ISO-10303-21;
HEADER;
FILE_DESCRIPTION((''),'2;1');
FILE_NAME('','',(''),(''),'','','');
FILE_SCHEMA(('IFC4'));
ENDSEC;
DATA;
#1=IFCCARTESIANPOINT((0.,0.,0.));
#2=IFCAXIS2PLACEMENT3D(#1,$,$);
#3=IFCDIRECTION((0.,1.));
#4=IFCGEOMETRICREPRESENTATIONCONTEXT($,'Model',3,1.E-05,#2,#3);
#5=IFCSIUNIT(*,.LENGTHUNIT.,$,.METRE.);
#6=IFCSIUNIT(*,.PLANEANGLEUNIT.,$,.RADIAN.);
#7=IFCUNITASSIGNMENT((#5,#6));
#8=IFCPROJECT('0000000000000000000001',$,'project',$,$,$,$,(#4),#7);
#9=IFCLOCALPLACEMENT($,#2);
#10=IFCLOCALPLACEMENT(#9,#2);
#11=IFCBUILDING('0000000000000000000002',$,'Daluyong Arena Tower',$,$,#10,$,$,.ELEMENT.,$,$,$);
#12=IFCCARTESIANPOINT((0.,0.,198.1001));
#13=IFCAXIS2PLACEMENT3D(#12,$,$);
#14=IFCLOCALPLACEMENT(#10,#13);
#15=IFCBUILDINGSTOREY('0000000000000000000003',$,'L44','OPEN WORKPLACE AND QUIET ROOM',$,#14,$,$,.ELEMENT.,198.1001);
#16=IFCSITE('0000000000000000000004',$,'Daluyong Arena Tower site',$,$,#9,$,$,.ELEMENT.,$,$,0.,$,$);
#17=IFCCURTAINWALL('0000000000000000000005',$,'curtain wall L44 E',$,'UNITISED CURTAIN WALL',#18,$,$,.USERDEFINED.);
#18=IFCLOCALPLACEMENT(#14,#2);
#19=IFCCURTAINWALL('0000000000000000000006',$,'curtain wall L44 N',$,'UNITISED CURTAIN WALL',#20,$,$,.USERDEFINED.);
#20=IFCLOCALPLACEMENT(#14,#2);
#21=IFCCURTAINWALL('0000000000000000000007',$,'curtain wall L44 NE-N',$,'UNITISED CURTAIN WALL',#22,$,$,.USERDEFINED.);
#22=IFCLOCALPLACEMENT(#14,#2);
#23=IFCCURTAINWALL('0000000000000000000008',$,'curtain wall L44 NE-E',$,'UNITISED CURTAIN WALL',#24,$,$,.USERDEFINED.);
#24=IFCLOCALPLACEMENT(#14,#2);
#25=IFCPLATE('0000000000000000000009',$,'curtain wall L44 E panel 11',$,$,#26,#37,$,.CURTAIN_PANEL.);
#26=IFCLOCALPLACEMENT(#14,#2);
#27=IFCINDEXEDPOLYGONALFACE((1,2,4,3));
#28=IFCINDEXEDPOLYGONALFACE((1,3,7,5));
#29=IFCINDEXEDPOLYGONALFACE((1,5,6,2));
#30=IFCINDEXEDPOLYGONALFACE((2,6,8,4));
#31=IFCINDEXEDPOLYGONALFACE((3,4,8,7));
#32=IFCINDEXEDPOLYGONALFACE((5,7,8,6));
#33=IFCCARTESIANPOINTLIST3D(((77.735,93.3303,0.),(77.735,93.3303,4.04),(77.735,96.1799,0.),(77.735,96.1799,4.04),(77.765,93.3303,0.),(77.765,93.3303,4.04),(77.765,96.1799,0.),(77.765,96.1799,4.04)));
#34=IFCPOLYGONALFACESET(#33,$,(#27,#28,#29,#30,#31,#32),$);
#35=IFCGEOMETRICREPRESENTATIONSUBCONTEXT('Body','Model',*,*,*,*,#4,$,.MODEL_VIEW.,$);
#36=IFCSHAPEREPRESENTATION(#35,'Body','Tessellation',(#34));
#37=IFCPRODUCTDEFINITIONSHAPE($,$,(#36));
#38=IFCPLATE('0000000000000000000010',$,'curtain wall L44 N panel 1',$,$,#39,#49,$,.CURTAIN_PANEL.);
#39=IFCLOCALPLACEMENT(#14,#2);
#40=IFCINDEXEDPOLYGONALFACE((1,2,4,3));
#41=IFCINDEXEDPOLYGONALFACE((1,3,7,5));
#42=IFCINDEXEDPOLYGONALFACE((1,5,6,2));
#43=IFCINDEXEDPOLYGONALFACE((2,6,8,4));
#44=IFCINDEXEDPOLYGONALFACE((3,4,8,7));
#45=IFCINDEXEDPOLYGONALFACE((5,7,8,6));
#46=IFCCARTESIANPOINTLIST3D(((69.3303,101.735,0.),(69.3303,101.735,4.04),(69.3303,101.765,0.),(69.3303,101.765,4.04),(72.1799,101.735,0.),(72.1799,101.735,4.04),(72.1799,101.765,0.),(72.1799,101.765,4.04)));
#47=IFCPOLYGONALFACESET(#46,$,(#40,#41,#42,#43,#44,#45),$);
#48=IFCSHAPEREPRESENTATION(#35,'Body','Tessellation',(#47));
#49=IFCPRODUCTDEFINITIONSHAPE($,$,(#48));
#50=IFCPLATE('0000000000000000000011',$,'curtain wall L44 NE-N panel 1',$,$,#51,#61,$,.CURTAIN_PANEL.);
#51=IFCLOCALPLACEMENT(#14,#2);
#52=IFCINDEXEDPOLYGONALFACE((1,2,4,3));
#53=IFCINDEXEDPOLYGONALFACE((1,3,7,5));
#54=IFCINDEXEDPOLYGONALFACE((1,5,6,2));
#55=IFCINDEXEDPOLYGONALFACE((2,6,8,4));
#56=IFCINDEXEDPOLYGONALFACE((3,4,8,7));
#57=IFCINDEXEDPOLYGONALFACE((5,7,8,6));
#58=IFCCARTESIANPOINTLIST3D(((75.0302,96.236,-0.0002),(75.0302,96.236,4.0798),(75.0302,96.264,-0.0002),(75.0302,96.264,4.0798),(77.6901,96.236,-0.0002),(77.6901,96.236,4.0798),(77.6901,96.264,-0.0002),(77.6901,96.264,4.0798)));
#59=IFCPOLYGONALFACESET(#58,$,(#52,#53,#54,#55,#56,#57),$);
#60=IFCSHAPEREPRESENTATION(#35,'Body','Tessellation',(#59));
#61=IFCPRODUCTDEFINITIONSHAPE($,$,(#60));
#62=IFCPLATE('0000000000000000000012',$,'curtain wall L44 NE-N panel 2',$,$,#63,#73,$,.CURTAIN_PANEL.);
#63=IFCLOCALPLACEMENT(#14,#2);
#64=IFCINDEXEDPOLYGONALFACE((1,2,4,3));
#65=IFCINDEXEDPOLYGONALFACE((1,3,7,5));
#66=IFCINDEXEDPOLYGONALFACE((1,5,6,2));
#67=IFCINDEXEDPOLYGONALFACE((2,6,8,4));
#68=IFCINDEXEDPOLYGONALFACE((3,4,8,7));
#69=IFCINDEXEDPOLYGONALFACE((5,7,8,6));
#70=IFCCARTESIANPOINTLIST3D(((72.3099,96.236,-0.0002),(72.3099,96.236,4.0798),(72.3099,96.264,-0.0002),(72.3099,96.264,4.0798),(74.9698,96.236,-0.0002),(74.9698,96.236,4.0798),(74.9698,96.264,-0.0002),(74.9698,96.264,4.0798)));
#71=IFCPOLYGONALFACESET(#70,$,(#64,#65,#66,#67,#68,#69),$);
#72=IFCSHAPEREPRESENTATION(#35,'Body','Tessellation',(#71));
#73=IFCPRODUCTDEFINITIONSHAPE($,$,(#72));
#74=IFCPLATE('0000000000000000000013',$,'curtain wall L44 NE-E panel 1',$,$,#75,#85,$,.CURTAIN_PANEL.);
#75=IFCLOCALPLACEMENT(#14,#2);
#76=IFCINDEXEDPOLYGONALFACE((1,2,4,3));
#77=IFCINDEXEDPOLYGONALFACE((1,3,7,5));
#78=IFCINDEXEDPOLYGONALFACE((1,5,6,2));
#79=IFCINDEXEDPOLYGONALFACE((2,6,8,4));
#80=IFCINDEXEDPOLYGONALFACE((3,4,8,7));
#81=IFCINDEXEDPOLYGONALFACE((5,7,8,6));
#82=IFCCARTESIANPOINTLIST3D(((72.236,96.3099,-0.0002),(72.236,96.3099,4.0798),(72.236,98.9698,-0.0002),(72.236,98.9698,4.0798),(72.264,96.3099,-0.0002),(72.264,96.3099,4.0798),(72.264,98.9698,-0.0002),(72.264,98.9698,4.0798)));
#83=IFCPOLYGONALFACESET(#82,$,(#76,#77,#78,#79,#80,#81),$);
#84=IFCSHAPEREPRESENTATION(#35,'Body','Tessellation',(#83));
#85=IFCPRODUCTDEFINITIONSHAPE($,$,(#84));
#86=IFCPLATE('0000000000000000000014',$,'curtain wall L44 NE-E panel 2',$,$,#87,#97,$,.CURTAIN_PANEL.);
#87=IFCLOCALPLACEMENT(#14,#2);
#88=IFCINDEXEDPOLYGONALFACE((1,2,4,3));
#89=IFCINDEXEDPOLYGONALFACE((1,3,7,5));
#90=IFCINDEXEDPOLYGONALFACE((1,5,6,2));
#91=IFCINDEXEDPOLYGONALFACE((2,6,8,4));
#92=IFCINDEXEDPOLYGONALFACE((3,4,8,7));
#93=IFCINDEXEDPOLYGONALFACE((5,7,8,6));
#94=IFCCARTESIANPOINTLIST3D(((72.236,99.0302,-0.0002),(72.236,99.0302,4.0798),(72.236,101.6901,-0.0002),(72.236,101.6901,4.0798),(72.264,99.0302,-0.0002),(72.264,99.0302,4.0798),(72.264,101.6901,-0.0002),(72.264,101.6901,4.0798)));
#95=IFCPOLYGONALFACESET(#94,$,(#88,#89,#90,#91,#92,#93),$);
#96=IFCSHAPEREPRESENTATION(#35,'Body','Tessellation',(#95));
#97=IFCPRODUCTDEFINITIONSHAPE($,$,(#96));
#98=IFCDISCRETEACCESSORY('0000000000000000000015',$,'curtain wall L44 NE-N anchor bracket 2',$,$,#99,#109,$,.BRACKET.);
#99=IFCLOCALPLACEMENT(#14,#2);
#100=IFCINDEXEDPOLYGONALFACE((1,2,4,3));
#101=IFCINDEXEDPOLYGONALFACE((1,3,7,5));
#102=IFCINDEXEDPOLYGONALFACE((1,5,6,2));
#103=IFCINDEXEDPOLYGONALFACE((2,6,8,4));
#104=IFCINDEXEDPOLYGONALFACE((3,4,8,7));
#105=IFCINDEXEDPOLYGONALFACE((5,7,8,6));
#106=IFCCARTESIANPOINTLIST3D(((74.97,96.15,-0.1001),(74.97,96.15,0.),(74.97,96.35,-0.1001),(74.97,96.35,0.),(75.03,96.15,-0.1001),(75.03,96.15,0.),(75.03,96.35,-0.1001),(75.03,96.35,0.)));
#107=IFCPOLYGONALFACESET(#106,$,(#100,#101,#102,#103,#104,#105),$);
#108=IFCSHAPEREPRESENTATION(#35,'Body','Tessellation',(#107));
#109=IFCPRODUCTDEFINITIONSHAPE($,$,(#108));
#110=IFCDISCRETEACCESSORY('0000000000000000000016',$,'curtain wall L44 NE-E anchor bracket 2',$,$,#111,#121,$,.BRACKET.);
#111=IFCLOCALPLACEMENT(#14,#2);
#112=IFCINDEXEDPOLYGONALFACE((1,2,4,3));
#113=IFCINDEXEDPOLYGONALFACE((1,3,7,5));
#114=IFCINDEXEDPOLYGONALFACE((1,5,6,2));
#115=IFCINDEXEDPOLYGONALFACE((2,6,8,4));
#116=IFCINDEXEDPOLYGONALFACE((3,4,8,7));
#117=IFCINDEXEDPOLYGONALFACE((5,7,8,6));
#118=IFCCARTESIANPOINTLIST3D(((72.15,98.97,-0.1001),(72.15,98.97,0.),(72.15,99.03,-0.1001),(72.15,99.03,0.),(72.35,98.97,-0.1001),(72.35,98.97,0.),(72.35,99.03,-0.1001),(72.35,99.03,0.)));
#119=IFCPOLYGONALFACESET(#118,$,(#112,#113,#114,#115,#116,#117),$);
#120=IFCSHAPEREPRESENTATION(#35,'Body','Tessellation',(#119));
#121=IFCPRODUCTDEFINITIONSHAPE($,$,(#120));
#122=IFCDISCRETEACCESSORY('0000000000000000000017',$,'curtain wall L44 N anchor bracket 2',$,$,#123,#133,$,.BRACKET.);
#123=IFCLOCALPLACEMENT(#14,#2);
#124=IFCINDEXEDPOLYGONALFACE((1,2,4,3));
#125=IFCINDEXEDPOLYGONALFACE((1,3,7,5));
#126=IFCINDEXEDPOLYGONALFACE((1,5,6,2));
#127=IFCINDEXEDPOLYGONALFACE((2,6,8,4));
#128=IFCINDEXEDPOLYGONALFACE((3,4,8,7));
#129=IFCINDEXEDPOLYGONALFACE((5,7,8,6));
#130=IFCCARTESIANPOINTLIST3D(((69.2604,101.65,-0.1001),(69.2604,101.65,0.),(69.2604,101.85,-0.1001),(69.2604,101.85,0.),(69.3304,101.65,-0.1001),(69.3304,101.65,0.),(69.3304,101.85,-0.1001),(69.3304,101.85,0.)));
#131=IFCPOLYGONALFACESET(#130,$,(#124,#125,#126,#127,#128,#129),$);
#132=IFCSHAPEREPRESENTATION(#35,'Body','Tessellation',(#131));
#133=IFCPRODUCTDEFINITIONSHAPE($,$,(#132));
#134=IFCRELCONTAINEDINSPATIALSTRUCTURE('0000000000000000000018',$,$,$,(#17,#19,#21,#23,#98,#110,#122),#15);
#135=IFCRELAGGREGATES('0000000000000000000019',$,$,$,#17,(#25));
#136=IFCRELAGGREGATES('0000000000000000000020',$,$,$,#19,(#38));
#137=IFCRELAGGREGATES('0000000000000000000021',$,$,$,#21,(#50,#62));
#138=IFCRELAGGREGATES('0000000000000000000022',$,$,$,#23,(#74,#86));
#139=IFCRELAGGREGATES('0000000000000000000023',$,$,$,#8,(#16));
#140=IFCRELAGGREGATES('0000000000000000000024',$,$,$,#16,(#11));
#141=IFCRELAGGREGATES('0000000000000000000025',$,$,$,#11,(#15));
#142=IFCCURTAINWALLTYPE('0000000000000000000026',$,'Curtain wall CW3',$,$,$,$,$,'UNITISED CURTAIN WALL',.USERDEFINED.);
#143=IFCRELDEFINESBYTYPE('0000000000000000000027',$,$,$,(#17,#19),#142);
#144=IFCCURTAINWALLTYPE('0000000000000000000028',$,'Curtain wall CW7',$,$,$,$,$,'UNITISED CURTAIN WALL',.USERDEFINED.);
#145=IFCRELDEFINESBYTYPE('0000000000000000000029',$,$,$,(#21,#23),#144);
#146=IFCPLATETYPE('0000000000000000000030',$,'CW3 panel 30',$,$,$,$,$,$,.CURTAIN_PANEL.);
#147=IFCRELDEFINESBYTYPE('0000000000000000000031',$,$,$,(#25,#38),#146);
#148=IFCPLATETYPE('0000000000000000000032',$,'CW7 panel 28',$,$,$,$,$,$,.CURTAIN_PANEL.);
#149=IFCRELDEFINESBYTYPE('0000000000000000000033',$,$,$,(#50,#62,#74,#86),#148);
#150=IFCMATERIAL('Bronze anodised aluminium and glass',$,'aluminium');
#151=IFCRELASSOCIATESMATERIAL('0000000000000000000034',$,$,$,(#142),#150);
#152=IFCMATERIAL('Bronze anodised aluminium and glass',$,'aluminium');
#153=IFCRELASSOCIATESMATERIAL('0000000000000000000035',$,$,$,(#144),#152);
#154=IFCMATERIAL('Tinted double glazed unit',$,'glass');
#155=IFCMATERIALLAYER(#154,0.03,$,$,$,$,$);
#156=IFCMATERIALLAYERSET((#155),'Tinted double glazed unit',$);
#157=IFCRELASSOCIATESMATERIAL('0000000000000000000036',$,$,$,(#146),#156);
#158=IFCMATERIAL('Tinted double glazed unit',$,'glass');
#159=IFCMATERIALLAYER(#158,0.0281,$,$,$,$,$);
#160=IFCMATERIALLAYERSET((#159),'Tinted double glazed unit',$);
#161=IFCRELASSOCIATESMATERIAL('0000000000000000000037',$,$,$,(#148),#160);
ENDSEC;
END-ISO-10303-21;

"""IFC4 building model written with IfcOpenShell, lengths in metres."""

from ifc_helpers import new_model, si_unit, direction, frame, origin, origin_2d, place, context, subcontext, project, spatial, rectangle, extrude, material, layer, layer_set, type_object, element, aggregate, save


model = new_model("IFC4")

# Units and contexts
model_context = context("Model", 3, precision=1e-05, world=origin(), true_north=direction((0.0, 1.0)))
body_context = subcontext(model_context, "Body", "Model", "MODEL_VIEW")
ifc_project = project(units=[si_unit("LENGTHUNIT", "METRE"), si_unit("PLANEANGLEUNIT", "RADIAN")], contexts=[model_context])

# Site, building, storey
site_placement = place(None, origin())
site = spatial("IfcSite", under=ifc_project, at=site_placement, Name="Daluyong Arena Tower site", CompositionType="ELEMENT", RefElevation=0.0)
building_placement = place(site_placement, origin())
building = spatial("IfcBuilding", under=site, at=building_placement, Name="Daluyong Arena Tower", CompositionType="ELEMENT")
storey_placement = place(building_placement, frame((0.0, 0.0, 198.1001)))
storey = spatial("IfcBuildingStorey", under=building, at=storey_placement, Name="L44", Description="OPEN WORKPLACE AND QUIET ROOM", CompositionType="ELEMENT", Elevation=198.1001)

# Curtain wall
ifc_material_1 = material(Name="Bronze anodised aluminium and glass", Category="aluminium")
curtain_wall_type_1 = type_object("IfcCurtainWallType", Name="Curtain wall CW3", ElementType="UNITISED CURTAIN WALL", PredefinedType="USERDEFINED", material=ifc_material_1)
curtain_wall_1_placement = place(storey_placement, origin())
curtain_wall_1 = element("IfcCurtainWall", 1, at=curtain_wall_1_placement, inside=storey, type_object=curtain_wall_type_1, Name="curtain wall L44 E", ObjectType="UNITISED CURTAIN WALL", PredefinedType="USERDEFINED")

# Curtain walls
curtain_wall_2_placement = place(storey_placement, origin())
curtain_wall_2 = element("IfcCurtainWall", 2, at=curtain_wall_2_placement, inside=storey, type_object=curtain_wall_type_1, Name="curtain wall L44 N", ObjectType="UNITISED CURTAIN WALL", PredefinedType="USERDEFINED")
ifc_material_2 = material(Name="Bronze anodised aluminium and glass", Category="aluminium")
curtain_wall_type_2 = type_object("IfcCurtainWallType", Name="Curtain wall CW7", ElementType="UNITISED CURTAIN WALL", PredefinedType="USERDEFINED", material=ifc_material_2)
curtain_wall_3_placement = place(storey_placement, origin())
curtain_wall_3 = element("IfcCurtainWall", 3, at=curtain_wall_3_placement, inside=storey, type_object=curtain_wall_type_2, Name="curtain wall L44 NE-N", ObjectType="UNITISED CURTAIN WALL", PredefinedType="USERDEFINED")
curtain_wall_4_placement = place(storey_placement, origin())
curtain_wall_4 = element("IfcCurtainWall", 4, at=curtain_wall_4_placement, inside=storey, type_object=curtain_wall_type_2, Name="curtain wall L44 NE-E", ObjectType="UNITISED CURTAIN WALL", PredefinedType="USERDEFINED")

# Plates
ifc_material_3 = material(Name="Tinted double glazed unit", Category="glass")
ifc_layer_1 = layer(ifc_material_3, 0.03)
ifc_layer_set_1 = layer_set([ifc_layer_1], Name="Tinted double glazed unit")
plate_type_1 = type_object("IfcPlateType", Name="CW3 panel 30", PredefinedType="CURTAIN_PANEL", material=ifc_layer_set_1)
plate_1_placement = place(storey_placement, frame((77.75, 94.7551, 0.0), z_axis=(0.0, 0.0, 1.0), x_axis=(0.0, 1.0, 0.0)))
plate_1 = element("IfcPlate", 5, at=plate_1_placement, type_object=plate_type_1, Name="curtain wall L44 E panel 11", PredefinedType="CURTAIN_PANEL", context=body_context, shape_type="SweptSolid", body=[
    extrude(rectangle(XDim=2.8496, YDim=0.03, at=origin_2d()), origin(), (0.0, 0.0, 1.0), 4.04),
])
aggregate(curtain_wall_1, [plate_1])
plate_2_placement = place(storey_placement, frame((70.7551, 101.75, 0.0), z_axis=(0.0, 0.0, 1.0), x_axis=(-1.0, 0.0, 0.0)))
plate_2 = element("IfcPlate", 6, at=plate_2_placement, type_object=plate_type_1, Name="curtain wall L44 N panel 1", PredefinedType="CURTAIN_PANEL", context=body_context, shape_type="SweptSolid", body=[
    extrude(rectangle(XDim=2.8496, YDim=0.03, at=origin_2d()), origin(), (0.0, 0.0, 1.0), 4.04),
])
aggregate(curtain_wall_2, [plate_2])
ifc_material_4 = material(Name="Tinted double glazed unit", Category="glass")
ifc_layer_2 = layer(ifc_material_4, 0.0281)
ifc_layer_set_2 = layer_set([ifc_layer_2], Name="Tinted double glazed unit")
plate_type_2 = type_object("IfcPlateType", Name="CW7 panel 28", PredefinedType="CURTAIN_PANEL", material=ifc_layer_set_2)
plate_3_placement = place(storey_placement, frame((76.3601, 96.25, -0.0002), z_axis=(0.0, 0.0, 1.0), x_axis=(-1.0, 0.0, 0.0)))
plate_3 = element("IfcPlate", 7, at=plate_3_placement, type_object=plate_type_2, Name="curtain wall L44 NE-N panel 1", PredefinedType="CURTAIN_PANEL", context=body_context, shape_type="SweptSolid", body=[
    extrude(rectangle(XDim=2.6599, YDim=0.0281, at=origin_2d()), origin(), (0.0, 0.0, 1.0), 4.0801),
])
plate_4_placement = place(storey_placement, frame((73.6399, 96.25, -0.0002), z_axis=(0.0, 0.0, 1.0), x_axis=(-1.0, 0.0, 0.0)))
plate_4 = element("IfcPlate", 8, at=plate_4_placement, type_object=plate_type_2, Name="curtain wall L44 NE-N panel 2", PredefinedType="CURTAIN_PANEL", context=body_context, shape_type="SweptSolid", body=[
    extrude(rectangle(XDim=2.6599, YDim=0.0281, at=origin_2d()), origin(), (0.0, 0.0, 1.0), 4.0801),
])
aggregate(curtain_wall_3, [plate_3, plate_4])
plate_5_placement = place(storey_placement, frame((72.25, 97.6399, -0.0002), z_axis=(0.0, 0.0, 1.0), x_axis=(0.0, 1.0, 0.0)))
plate_5 = element("IfcPlate", 9, at=plate_5_placement, type_object=plate_type_2, Name="curtain wall L44 NE-E panel 1", PredefinedType="CURTAIN_PANEL", context=body_context, shape_type="SweptSolid", body=[
    extrude(rectangle(XDim=2.6599, YDim=0.0281, at=origin_2d()), origin(), (0.0, 0.0, 1.0), 4.0801),
])
plate_6_placement = place(storey_placement, frame((72.25, 100.3601, -0.0002), z_axis=(0.0, 0.0, 1.0), x_axis=(0.0, 1.0, 0.0)))
plate_6 = element("IfcPlate", 10, at=plate_6_placement, type_object=plate_type_2, Name="curtain wall L44 NE-E panel 2", PredefinedType="CURTAIN_PANEL", context=body_context, shape_type="SweptSolid", body=[
    extrude(rectangle(XDim=2.6599, YDim=0.0281, at=origin_2d()), origin(), (0.0, 0.0, 1.0), 4.0801),
])
aggregate(curtain_wall_4, [plate_5, plate_6])

# Discrete accessories
for number, where, z_axis, x_axis, name in (
    (11, (75.0, 96.25, -0.1001), (0.0, 0.0, 1.0), (-1.0, 0.0, 0.0), "curtain wall L44 NE-N anchor bracket 2"),
    (12, (72.25, 99.0, -0.1001), (0.0, 0.0, 1.0), (0.0, 1.0, 0.0), "curtain wall L44 NE-E anchor bracket 2"),
):
    element("IfcDiscreteAccessory", number, at=place(storey_placement, frame(where, z_axis=z_axis, x_axis=x_axis)), inside=storey, Name=name, PredefinedType="BRACKET", context=body_context, shape_type="SweptSolid", body=[
        extrude(rectangle(XDim=0.0601, YDim=0.2, at=origin_2d()), origin(), (0.0, 0.0, 1.0), 0.1001),
    ])
discrete_accessory_placement = place(storey_placement, frame((69.2954, 101.75, -0.1001), z_axis=(0.0, 0.0, 1.0), x_axis=(-1.0, 0.0, 0.0)))
element("IfcDiscreteAccessory", 13, at=discrete_accessory_placement, inside=storey, Name="curtain wall L44 N anchor bracket 2", PredefinedType="BRACKET", context=body_context, shape_type="SweptSolid", body=[
    extrude(rectangle(XDim=0.0701, YDim=0.2, at=origin_2d()), origin(), (0.0, 0.0, 1.0), 0.1001),
])

save(model, "model.ifc")
